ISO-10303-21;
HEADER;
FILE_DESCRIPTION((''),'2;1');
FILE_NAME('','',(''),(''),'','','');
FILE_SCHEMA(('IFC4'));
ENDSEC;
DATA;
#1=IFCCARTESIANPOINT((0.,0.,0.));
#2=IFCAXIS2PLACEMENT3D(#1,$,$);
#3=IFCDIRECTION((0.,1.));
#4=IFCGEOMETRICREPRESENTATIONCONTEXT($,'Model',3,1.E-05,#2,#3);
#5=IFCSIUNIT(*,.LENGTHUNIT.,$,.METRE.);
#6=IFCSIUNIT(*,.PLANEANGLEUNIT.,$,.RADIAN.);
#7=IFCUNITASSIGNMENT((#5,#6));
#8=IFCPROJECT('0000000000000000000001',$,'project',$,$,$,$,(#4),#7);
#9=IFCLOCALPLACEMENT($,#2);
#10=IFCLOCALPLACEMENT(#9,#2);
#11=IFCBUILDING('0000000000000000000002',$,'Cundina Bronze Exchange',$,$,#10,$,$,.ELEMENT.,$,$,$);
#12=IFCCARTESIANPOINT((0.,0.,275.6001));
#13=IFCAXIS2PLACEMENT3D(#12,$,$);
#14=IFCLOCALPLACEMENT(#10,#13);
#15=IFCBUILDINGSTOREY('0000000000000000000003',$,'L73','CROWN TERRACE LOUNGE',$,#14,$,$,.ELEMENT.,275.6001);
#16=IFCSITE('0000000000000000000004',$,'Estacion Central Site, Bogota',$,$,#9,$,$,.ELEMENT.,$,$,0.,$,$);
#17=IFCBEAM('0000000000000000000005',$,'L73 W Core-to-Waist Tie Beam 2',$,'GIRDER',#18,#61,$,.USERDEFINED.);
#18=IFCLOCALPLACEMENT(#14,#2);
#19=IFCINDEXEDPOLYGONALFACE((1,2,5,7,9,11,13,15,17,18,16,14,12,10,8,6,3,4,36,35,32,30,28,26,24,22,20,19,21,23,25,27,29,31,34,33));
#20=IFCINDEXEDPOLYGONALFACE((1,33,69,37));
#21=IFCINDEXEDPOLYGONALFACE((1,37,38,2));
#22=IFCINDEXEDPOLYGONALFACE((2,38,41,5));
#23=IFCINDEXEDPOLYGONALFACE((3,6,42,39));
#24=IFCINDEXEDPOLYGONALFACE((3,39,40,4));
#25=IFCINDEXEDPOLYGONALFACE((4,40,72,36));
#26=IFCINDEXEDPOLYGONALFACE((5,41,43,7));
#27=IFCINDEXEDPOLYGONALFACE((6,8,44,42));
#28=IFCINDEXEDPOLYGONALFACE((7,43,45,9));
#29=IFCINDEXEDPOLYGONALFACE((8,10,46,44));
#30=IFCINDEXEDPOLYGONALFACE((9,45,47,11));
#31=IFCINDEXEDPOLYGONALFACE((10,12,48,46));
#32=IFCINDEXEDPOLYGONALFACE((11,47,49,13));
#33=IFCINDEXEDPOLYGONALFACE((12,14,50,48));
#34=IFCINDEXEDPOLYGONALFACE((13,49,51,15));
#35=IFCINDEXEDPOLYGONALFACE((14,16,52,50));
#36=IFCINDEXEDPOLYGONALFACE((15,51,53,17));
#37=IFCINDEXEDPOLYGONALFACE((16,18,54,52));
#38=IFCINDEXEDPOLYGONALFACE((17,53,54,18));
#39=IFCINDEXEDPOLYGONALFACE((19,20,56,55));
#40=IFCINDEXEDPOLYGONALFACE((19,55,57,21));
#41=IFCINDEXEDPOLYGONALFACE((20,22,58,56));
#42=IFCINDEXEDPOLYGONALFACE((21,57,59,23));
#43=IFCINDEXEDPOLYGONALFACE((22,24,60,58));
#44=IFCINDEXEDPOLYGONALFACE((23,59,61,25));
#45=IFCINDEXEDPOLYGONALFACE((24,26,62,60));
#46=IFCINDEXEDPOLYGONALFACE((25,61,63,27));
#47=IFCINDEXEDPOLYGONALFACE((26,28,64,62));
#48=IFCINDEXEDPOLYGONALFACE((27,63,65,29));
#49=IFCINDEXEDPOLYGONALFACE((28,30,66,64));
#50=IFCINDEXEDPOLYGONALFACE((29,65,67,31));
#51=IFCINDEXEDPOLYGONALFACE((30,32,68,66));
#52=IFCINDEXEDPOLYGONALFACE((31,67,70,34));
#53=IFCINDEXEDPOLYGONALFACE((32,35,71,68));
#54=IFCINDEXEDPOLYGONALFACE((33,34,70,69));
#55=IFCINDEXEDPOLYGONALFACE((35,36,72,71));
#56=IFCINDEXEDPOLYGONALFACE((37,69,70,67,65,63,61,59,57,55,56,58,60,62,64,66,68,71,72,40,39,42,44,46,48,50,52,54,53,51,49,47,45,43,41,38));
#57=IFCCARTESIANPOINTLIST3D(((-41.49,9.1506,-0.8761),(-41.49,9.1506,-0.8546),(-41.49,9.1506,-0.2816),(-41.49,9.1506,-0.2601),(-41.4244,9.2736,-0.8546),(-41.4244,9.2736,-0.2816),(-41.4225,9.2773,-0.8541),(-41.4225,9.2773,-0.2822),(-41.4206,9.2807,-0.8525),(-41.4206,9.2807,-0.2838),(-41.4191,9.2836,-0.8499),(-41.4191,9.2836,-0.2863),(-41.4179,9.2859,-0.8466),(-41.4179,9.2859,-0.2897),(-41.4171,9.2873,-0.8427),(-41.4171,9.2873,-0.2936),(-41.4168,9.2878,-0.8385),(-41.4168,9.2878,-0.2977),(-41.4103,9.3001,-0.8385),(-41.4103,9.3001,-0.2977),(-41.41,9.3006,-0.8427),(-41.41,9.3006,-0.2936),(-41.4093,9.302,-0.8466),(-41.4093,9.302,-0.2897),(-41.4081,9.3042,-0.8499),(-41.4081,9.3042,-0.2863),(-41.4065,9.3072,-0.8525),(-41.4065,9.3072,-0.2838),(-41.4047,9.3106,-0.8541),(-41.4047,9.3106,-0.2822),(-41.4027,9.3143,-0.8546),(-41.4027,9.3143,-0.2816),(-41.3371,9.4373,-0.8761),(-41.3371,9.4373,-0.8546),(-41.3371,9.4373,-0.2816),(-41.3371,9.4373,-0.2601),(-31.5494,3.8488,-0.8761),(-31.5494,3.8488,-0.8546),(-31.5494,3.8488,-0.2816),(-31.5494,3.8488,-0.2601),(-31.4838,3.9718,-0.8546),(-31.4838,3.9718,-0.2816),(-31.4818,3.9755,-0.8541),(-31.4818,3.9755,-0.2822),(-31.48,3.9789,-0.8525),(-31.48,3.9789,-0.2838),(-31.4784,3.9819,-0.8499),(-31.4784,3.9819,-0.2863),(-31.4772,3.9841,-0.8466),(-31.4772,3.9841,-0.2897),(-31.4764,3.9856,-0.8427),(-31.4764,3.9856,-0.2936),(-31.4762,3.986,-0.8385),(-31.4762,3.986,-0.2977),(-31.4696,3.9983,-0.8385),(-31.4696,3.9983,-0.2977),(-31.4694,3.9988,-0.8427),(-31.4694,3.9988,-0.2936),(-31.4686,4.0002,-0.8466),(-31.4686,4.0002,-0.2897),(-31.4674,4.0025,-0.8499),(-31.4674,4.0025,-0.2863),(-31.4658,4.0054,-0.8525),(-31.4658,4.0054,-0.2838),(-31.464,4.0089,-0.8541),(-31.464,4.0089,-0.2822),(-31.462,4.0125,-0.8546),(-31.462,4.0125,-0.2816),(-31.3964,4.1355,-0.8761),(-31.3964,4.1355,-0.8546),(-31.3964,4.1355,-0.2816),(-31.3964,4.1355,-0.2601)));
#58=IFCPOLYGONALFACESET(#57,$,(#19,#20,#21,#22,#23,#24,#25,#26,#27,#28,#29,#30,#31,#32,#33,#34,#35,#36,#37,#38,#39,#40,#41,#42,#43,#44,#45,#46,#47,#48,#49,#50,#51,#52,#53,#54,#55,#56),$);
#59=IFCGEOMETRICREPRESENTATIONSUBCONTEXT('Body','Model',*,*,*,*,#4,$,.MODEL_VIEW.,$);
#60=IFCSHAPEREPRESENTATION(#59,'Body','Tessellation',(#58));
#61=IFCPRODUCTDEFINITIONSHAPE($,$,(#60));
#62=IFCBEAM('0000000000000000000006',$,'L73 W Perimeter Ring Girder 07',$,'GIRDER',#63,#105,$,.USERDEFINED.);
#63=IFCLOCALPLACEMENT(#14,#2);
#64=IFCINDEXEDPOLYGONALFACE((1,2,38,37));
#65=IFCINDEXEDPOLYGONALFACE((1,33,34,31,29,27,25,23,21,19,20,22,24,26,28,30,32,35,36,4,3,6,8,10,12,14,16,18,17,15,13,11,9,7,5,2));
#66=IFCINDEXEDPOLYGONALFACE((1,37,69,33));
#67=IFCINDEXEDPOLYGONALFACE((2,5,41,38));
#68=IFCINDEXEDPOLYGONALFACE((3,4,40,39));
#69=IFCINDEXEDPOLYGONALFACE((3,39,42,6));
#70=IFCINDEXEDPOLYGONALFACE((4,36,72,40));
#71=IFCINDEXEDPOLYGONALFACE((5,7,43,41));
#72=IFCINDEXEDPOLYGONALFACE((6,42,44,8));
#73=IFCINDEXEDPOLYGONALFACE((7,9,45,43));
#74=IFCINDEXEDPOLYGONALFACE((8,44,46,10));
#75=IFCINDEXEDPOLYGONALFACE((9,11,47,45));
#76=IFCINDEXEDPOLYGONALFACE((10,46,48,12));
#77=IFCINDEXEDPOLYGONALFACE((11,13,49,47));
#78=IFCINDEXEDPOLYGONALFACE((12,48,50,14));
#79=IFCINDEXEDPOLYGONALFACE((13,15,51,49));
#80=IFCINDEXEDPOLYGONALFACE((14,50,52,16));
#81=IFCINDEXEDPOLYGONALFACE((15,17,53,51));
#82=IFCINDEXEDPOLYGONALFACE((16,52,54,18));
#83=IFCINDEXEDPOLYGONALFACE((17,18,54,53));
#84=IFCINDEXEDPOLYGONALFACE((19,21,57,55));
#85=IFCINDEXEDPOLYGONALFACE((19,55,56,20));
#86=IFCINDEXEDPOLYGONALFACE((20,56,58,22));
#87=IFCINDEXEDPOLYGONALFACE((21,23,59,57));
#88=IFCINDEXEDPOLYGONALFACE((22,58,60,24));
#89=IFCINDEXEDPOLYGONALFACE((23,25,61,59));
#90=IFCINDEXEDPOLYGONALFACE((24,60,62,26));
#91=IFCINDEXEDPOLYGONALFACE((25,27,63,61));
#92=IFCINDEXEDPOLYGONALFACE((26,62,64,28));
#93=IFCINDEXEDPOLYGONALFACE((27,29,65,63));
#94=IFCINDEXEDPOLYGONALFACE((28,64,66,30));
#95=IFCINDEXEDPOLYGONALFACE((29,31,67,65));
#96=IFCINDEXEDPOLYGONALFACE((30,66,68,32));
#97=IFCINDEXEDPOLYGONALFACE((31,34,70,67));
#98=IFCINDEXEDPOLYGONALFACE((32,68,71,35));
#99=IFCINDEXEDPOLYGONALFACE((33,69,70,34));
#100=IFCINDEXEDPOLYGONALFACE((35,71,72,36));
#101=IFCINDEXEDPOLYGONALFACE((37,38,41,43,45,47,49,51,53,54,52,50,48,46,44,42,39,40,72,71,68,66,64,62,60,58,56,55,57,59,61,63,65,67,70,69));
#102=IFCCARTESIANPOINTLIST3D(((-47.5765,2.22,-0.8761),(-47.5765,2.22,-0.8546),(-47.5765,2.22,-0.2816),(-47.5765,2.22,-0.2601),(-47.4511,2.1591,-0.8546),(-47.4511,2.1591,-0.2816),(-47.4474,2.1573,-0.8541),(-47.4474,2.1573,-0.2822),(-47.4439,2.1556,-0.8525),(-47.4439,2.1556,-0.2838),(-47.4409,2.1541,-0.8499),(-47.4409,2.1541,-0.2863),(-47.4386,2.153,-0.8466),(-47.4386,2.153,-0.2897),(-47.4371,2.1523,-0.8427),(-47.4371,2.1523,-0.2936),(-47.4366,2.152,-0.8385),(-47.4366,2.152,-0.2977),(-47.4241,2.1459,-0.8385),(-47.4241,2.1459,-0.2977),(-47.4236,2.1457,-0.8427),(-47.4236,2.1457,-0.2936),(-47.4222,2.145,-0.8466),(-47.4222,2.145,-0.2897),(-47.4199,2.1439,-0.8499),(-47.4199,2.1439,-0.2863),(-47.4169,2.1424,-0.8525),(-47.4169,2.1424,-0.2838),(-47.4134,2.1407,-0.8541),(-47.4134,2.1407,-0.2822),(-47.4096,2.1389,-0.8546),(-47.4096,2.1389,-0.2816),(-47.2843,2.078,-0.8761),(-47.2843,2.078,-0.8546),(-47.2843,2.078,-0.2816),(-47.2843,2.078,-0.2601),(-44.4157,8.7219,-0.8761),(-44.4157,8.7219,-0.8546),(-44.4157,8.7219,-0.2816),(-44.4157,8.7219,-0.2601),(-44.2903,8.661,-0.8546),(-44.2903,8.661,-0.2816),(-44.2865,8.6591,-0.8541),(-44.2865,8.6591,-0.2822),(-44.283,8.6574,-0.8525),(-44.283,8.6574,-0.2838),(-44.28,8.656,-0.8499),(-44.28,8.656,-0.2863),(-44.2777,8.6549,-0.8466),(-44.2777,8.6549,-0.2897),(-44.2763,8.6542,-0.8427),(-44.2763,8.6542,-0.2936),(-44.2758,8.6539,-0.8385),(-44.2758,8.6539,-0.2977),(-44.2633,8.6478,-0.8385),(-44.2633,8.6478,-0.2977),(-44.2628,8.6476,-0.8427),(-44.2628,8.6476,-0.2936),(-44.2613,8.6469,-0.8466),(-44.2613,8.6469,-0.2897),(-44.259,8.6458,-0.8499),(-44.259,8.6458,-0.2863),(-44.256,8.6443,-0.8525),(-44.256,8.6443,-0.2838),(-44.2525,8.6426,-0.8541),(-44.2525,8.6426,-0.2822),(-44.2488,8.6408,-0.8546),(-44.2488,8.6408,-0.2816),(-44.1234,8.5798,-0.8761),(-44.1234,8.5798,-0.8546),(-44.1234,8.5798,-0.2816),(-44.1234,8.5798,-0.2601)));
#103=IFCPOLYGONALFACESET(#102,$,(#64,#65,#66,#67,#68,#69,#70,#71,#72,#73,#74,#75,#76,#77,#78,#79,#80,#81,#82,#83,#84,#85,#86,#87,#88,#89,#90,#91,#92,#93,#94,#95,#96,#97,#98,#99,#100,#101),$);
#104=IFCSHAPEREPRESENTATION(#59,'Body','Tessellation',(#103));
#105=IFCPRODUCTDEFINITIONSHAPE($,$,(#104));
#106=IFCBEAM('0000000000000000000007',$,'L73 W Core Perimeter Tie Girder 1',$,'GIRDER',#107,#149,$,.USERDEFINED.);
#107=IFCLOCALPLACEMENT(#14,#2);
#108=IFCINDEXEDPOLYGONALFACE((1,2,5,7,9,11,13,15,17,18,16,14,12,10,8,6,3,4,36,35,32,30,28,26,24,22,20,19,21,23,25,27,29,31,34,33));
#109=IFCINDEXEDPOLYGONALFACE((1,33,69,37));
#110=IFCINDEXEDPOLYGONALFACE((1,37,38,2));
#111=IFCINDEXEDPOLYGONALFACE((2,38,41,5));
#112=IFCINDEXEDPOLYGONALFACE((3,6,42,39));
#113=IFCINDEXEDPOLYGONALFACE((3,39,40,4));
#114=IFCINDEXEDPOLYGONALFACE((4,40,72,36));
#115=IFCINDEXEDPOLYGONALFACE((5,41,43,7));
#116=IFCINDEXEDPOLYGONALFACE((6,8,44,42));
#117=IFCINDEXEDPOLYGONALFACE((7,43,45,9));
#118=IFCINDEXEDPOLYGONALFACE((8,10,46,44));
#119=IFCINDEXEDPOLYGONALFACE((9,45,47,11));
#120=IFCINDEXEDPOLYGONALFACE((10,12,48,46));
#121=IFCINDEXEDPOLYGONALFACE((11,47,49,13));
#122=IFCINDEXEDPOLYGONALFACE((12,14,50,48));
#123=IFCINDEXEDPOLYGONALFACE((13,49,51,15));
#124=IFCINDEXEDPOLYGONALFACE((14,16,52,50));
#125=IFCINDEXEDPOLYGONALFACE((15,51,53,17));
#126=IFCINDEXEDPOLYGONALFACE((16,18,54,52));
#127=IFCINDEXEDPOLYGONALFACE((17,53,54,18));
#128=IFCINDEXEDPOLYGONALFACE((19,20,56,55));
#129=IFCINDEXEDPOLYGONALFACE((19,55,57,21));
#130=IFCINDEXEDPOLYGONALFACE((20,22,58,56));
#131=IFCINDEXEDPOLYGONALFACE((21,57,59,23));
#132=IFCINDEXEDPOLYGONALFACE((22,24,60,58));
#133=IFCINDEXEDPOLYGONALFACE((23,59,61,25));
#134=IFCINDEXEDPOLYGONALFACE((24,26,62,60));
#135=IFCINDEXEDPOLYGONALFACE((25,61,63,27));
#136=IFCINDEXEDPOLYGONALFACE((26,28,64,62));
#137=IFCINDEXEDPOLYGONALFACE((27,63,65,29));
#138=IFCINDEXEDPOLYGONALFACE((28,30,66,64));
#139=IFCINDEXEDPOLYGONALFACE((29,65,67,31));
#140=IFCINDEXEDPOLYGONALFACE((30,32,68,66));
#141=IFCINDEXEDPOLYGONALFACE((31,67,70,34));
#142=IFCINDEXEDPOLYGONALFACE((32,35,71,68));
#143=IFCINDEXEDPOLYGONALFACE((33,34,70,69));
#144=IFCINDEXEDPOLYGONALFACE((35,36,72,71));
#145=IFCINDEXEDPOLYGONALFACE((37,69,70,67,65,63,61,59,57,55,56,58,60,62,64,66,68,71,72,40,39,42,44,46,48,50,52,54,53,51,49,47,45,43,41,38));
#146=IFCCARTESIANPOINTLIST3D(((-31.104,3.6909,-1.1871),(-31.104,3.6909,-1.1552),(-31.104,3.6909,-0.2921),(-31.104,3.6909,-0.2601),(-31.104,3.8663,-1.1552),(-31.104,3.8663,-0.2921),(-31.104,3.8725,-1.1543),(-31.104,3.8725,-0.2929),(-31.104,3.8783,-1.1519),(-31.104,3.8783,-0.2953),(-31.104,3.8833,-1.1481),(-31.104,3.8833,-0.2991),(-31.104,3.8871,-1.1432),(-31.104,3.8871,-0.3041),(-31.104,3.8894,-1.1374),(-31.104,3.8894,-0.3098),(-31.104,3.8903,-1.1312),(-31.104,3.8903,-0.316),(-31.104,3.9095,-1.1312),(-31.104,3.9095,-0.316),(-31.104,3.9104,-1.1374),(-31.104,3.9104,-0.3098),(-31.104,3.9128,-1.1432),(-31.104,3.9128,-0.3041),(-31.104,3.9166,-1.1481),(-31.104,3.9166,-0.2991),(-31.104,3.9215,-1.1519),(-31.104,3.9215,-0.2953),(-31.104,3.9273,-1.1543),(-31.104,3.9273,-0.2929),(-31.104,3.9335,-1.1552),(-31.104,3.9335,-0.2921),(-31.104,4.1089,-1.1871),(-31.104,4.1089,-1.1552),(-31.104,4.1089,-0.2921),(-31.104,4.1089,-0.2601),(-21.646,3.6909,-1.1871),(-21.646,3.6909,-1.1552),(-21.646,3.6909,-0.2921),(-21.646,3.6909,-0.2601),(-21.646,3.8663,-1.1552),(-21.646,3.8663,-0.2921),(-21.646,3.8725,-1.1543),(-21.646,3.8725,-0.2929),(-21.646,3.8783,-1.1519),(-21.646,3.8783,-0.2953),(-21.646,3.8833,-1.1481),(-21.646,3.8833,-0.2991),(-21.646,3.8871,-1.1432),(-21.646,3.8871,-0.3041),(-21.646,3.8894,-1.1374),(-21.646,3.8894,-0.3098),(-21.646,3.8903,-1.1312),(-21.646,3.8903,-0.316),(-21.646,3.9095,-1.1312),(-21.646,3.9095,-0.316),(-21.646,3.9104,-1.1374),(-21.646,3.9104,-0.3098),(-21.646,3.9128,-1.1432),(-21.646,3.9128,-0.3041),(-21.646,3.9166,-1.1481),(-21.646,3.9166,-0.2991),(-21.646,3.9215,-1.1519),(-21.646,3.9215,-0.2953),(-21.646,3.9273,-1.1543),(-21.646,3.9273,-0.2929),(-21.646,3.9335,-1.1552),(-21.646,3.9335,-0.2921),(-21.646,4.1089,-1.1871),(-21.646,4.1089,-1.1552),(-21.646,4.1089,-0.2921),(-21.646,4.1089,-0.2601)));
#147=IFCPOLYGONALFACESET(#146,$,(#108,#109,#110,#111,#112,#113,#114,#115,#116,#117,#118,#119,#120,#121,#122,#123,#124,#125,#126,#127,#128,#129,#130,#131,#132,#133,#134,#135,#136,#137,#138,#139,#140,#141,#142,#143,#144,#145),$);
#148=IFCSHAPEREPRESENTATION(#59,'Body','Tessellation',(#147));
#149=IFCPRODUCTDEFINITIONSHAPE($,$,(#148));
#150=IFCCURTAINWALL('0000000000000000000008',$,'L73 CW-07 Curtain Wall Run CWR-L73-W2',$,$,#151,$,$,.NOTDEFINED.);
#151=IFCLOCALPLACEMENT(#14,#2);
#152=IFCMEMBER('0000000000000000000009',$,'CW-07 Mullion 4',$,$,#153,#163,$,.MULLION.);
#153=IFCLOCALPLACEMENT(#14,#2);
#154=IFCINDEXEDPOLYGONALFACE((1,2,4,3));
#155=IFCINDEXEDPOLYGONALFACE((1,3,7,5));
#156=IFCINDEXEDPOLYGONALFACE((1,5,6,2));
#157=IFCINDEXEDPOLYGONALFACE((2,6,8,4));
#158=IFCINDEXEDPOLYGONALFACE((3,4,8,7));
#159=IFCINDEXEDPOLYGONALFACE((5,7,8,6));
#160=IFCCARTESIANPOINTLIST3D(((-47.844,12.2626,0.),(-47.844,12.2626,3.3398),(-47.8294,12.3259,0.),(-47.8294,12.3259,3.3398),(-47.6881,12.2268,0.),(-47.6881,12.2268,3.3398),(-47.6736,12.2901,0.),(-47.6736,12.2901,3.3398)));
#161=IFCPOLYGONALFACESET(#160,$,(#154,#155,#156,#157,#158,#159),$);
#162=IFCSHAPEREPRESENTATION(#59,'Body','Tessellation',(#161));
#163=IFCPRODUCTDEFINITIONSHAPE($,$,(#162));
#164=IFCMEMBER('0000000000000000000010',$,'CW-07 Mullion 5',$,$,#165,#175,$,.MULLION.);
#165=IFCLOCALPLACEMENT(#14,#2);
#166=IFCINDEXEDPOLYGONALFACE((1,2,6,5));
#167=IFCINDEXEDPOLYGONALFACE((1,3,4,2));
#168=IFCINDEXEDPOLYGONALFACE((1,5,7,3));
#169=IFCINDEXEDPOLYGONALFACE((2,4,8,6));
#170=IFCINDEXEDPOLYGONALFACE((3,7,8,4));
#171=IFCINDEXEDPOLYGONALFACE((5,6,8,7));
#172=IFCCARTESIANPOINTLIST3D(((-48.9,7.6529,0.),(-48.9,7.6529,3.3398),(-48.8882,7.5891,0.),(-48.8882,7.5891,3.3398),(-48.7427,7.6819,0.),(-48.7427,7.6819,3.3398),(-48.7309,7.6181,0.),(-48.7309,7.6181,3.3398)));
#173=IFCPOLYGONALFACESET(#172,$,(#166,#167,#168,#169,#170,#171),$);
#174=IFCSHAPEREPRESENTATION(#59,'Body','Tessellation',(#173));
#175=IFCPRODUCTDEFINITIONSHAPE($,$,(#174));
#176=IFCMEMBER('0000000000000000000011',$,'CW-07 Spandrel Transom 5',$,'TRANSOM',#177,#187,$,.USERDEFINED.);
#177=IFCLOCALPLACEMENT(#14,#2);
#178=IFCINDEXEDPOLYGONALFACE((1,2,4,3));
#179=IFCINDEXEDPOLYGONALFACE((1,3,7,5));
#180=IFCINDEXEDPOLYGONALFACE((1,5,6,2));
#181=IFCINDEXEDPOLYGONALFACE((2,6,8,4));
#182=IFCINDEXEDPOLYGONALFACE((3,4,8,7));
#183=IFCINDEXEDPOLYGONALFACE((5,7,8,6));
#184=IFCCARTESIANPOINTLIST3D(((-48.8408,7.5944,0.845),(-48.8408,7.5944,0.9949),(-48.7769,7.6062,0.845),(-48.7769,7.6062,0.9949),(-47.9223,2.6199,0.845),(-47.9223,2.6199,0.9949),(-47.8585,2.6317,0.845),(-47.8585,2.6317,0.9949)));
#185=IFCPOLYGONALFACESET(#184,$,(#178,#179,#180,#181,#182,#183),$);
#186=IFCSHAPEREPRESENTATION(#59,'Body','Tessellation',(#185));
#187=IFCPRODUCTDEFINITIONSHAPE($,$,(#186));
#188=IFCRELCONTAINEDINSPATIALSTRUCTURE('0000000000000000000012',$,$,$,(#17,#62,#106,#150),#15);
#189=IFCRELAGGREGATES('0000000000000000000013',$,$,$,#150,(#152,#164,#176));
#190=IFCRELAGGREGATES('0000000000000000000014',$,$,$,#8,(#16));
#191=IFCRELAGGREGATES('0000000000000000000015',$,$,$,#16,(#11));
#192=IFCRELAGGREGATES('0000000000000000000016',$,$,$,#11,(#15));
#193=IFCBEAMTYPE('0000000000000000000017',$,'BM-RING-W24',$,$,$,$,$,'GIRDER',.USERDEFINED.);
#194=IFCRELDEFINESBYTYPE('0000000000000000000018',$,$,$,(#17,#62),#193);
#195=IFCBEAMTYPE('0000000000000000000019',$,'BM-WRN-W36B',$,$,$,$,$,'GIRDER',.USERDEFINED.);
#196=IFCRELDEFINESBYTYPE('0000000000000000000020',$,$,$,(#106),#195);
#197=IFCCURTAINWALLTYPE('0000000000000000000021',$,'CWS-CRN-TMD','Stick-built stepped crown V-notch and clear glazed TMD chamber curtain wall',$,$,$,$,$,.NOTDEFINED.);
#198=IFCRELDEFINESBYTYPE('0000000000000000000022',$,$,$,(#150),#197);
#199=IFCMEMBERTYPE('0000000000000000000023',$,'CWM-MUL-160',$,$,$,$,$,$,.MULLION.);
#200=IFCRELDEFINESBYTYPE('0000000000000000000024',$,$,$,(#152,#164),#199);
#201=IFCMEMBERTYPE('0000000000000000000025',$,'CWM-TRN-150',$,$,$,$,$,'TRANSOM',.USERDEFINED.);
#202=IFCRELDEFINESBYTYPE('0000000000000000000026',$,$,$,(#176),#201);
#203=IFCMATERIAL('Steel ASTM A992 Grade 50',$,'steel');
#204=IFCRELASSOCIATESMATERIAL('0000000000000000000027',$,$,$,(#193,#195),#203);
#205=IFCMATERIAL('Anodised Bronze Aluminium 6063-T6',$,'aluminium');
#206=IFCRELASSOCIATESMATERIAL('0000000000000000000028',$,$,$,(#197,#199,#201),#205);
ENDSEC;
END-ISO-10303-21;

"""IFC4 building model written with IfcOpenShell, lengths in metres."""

from ifc_helpers import new_model, si_unit, direction, frame, origin, origin_2d, place, context, subcontext, project, spatial, rectangle, i_section, extrude, material, material_profile, profile_set, type_object, element, aggregate, save


model = new_model("IFC4")

# Units and contexts
model_context = context("Model", 3, precision=1e-05, world=origin(), true_north=direction((0.0, 1.0)))
body_context = subcontext(model_context, "Body", "Model", "MODEL_VIEW")
ifc_project = project(units=[si_unit("LENGTHUNIT", "METRE"), si_unit("PLANEANGLEUNIT", "RADIAN")], contexts=[model_context])

# Site, building, storey
site_placement = place(None, origin())
site = spatial("IfcSite", under=ifc_project, at=site_placement, Name="Estacion Central Site, Bogota", CompositionType="ELEMENT", RefElevation=0.0)
building_placement = place(site_placement, origin())
building = spatial("IfcBuilding", under=site, at=building_placement, Name="Cundina Bronze Exchange", CompositionType="ELEMENT")
storey_placement = place(building_placement, frame((0.0, 0.0, 275.6001)))
storey = spatial("IfcBuildingStorey", under=building, at=storey_placement, Name="L73", Description="CROWN TERRACE LOUNGE", CompositionType="ELEMENT", Elevation=275.6001)

# Shared definitions
ifc_material_1 = material(Name="Steel ASTM A992 Grade 50", Category="steel")

# Beams
ifc_material_profile_1 = material_profile(ifc_material_1, i_section(OverallWidth=0.325, OverallDepth=0.616, WebThickness=0.0139, FlangeThickness=0.0215, FilletRadius=0.0161, at=origin_2d()), Name="W24X117", Category="steel")
ifc_profile_set_1 = profile_set([ifc_material_profile_1], Name="Steel ASTM A992 Grade 50")
beam_type_1 = type_object("IfcBeamType", Name="BM-RING-W24", ElementType="GIRDER", PredefinedType="USERDEFINED", material=ifc_profile_set_1)
beam_1_placement = place(storey_placement, frame((-31.4729, 3.9922, -0.5681), z_axis=(-0.882351, 0.470593, 0.0), x_axis=(-0.470593, -0.882351, 0.0)))
element("IfcBeam", 1, at=beam_1_placement, inside=storey, type_object=beam_type_1, Name="L73 W Core-to-Waist Tie Beam 2", ObjectType="GIRDER", PredefinedType="USERDEFINED", context=body_context, shape_type="SweptSolid", body=[
    extrude(i_section(OverallWidth=0.325, OverallDepth=0.616, WebThickness=0.0139, FlangeThickness=0.0215, FilletRadius=0.0161, at=origin_2d()), origin(), (0.0, 0.0, 1.0), 11.2661),
])
beam_2_placement = place(storey_placement, frame((-44.2695, 8.6509, -0.5681), z_axis=(-0.437217, -0.899356, 0.0), x_axis=(0.899356, -0.437217, 0.0)))
element("IfcBeam", 2, at=beam_2_placement, inside=storey, type_object=beam_type_1, Name="L73 W Perimeter Ring Girder 07", ObjectType="GIRDER", PredefinedType="USERDEFINED", context=body_context, shape_type="SweptSolid", body=[
    extrude(i_section(OverallWidth=0.325, OverallDepth=0.616, WebThickness=0.0139, FlangeThickness=0.0215, FilletRadius=0.0161, at=origin_2d()), origin(), (0.0, 0.0, 1.0), 7.2295),
])
ifc_material_profile_2 = material_profile(ifc_material_1, i_section(OverallWidth=0.418, OverallDepth=0.927, WebThickness=0.0193, FlangeThickness=0.032, FilletRadius=0.0239, at=origin_2d()), Name="W36X231", Category="steel")
ifc_profile_set_2 = profile_set([ifc_material_profile_2], Name="Steel ASTM A992 Grade 50")
beam_type_2 = type_object("IfcBeamType", Name="BM-WRN-W36B", ElementType="GIRDER", PredefinedType="USERDEFINED", material=ifc_profile_set_2)
beam_3_placement = place(storey_placement, frame((-31.104, 3.8999, -0.7236), z_axis=(1.0, 0.0, 0.0), x_axis=(0.0, 1.0, 0.0)))
element("IfcBeam", 3, at=beam_3_placement, inside=storey, type_object=beam_type_2, Name="L73 W Core Perimeter Tie Girder 1", ObjectType="GIRDER", PredefinedType="USERDEFINED", context=body_context, shape_type="SweptSolid", body=[
    extrude(i_section(OverallWidth=0.418, OverallDepth=0.927, WebThickness=0.0193, FlangeThickness=0.032, FilletRadius=0.0239, at=origin_2d()), origin(), (0.0, 0.0, 1.0), 9.458),
])

# Curtain wall, members
ifc_material_2 = material(Name="Anodised Bronze Aluminium 6063-T6", Category="aluminium")
curtain_wall_type = type_object("IfcCurtainWallType", Name="CWS-CRN-TMD", Description="Stick-built stepped crown V-notch and clear glazed TMD chamber curtain wall", PredefinedType="NOTDEFINED", material=ifc_material_2)
curtain_wall_placement = place(storey_placement, origin())
curtain_wall = element("IfcCurtainWall", 4, at=curtain_wall_placement, inside=storey, type_object=curtain_wall_type, Name="L73 CW-07 Curtain Wall Run CWR-L73-W2", PredefinedType="NOTDEFINED")
ifc_material_profile_3 = material_profile(ifc_material_2, rectangle(XDim=0.0649, YDim=0.1599, at=origin_2d()), Name="AL65X160", Category="aluminium")
ifc_profile_set_3 = profile_set([ifc_material_profile_3], Name="Anodised Bronze Aluminium 6063-T6")
member_type_1 = type_object("IfcMemberType", Name="CWM-MUL-160", PredefinedType="MULLION", material=ifc_profile_set_3)
member_1_placement = place(storey_placement, frame((-47.7588, 12.2764, 0.0), z_axis=(0.0, 0.0, 1.0), x_axis=(-0.223931, -0.974605, 0.0)))
member_1 = element("IfcMember", 5, at=member_1_placement, type_object=member_type_1, Name="CW-07 Mullion 4", PredefinedType="MULLION", context=body_context, shape_type="SweptSolid", body=[
    extrude(rectangle(XDim=0.0649, YDim=0.1599, at=origin_2d()), origin(), (0.0, 0.0, 1.0), 3.3398),
])
member_2_placement = place(storey_placement, frame((-48.8154, 7.6355, 0.0), z_axis=(0.0, 0.0, 1.0), x_axis=(0.181549, -0.983382, 0.0)))
member_2 = element("IfcMember", 6, at=member_2_placement, type_object=member_type_1, Name="CW-07 Mullion 5", PredefinedType="MULLION", context=body_context, shape_type="SweptSolid", body=[
    extrude(rectangle(XDim=0.0649, YDim=0.1599, at=origin_2d()), origin(), (0.0, 0.0, 1.0), 3.3398),
])
ifc_material_profile_4 = material_profile(ifc_material_2, rectangle(XDim=0.0649, YDim=0.1499, at=origin_2d()), Name="AL65X150", Category="aluminium")
ifc_profile_set_4 = profile_set([ifc_material_profile_4], Name="Anodised Bronze Aluminium 6063-T6")
member_type_2 = type_object("IfcMemberType", Name="CWM-TRN-150", ElementType="TRANSOM", PredefinedType="USERDEFINED", material=ifc_profile_set_4)
member_3_placement = place(storey_placement, frame((-48.8088, 7.6003, 0.9199), z_axis=(0.18156, -0.98338, 0.0), x_axis=(0.98338, 0.18156, 0.0)))
member_3 = element("IfcMember", 7, at=member_3_placement, type_object=member_type_2, Name="CW-07 Spandrel Transom 5", ObjectType="TRANSOM", PredefinedType="USERDEFINED", context=body_context, shape_type="SweptSolid", body=[
    extrude(rectangle(XDim=0.0649, YDim=0.1499, at=origin_2d()), origin(), (0.0, 0.0, 1.0), 5.0586),
])
aggregate(curtain_wall, [member_1, member_2, member_3])

save(model, "model.ifc")
